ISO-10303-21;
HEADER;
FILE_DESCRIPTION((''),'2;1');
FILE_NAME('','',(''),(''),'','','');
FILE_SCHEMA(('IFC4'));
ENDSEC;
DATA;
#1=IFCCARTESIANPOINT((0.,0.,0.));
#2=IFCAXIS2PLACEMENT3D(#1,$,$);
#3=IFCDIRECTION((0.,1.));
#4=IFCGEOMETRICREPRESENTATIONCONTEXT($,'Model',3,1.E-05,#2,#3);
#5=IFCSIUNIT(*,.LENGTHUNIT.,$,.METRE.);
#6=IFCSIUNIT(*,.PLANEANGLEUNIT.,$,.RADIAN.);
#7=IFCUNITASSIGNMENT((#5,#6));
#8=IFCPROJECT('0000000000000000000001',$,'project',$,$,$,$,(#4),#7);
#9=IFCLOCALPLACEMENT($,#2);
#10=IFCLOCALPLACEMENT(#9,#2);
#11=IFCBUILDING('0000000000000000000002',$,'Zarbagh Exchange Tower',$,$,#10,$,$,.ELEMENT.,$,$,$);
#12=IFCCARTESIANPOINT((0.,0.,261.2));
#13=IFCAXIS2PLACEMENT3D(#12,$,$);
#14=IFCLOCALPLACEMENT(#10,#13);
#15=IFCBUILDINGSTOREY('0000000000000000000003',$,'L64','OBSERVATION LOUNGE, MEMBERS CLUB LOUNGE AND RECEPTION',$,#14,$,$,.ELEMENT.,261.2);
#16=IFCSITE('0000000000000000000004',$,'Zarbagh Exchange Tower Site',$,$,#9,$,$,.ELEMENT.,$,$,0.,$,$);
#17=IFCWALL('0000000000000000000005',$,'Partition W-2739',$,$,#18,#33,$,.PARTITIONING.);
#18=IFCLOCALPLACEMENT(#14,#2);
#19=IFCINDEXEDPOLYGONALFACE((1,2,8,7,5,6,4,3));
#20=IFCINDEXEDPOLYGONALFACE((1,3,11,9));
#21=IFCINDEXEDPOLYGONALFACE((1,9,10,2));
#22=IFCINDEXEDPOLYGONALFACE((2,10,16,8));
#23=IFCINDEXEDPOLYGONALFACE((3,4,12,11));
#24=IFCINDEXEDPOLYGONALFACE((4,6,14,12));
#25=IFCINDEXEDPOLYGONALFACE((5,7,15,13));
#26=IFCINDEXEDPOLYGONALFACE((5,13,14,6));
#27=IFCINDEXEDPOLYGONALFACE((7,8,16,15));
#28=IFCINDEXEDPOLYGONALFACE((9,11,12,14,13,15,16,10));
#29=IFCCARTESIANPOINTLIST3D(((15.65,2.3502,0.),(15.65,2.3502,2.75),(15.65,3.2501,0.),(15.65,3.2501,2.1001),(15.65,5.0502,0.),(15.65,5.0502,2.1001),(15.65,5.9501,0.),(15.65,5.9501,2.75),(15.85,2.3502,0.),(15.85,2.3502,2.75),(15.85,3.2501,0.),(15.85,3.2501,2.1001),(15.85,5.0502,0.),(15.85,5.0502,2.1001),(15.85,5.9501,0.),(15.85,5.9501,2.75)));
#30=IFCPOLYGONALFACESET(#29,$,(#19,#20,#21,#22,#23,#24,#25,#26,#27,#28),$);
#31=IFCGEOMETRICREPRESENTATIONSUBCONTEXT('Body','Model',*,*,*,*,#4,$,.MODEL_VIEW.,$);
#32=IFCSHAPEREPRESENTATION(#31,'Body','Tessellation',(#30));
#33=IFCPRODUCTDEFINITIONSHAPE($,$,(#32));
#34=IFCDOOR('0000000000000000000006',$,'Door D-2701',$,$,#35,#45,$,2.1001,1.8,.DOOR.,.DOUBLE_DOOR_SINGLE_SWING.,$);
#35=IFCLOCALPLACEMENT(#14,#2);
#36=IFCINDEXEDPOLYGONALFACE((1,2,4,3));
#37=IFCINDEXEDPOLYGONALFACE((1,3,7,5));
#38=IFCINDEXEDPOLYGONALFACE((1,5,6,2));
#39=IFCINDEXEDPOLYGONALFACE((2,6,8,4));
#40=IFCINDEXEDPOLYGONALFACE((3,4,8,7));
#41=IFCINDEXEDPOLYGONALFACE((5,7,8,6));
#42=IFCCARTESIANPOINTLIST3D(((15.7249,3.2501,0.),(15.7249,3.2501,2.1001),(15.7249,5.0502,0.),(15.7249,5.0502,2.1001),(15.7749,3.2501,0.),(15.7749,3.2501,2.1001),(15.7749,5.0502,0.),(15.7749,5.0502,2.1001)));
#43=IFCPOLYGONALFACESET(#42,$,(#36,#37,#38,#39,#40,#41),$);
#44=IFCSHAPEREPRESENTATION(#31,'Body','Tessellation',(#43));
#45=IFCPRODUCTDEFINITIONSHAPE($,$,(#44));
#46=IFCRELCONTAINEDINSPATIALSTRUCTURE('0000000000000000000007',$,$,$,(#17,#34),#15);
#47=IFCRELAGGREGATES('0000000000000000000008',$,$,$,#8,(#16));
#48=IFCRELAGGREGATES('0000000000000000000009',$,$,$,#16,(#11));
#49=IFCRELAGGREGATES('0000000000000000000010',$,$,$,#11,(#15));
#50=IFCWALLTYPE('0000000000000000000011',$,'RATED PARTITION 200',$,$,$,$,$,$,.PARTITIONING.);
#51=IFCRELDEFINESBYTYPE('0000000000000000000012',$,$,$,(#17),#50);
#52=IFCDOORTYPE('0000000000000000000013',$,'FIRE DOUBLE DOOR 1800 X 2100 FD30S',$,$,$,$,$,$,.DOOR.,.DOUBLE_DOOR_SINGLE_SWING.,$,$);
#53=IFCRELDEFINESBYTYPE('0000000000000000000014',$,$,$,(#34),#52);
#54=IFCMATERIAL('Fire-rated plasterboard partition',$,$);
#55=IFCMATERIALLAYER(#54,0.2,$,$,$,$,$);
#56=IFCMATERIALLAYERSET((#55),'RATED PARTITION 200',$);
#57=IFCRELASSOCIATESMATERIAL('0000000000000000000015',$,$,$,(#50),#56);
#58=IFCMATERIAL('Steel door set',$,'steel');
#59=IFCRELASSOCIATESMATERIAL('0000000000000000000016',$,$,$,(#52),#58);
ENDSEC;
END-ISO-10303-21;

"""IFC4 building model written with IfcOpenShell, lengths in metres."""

from ifc_helpers import new_model, si_unit, direction, frame, frame_2d, origin, place, context, subcontext, project, spatial, rectangle, extrude, material, layer, layer_set, type_object, element, fill, save


model = new_model("IFC4")

# Units and contexts
model_context = context("Model", 3, precision=1e-05, world=origin(), true_north=direction((0.0, 1.0)))
body_context = subcontext(model_context, "Body", "Model", "MODEL_VIEW")
ifc_project = project(units=[si_unit("LENGTHUNIT", "METRE"), si_unit("PLANEANGLEUNIT", "RADIAN")], contexts=[model_context])

# Site, building, storey
site_placement = place(None, origin())
site = spatial("IfcSite", under=ifc_project, at=site_placement, Name="Zarbagh Exchange Tower Site", CompositionType="ELEMENT", RefElevation=0.0)
building_placement = place(site_placement, origin())
building = spatial("IfcBuilding", under=site, at=building_placement, Name="Zarbagh Exchange Tower", CompositionType="ELEMENT")
storey_placement = place(building_placement, frame((0.0, 0.0, 261.2)))
storey = spatial("IfcBuildingStorey", under=building, at=storey_placement, Name="L64", Description="OBSERVATION LOUNGE, MEMBERS CLUB LOUNGE AND RECEPTION", CompositionType="ELEMENT", Elevation=261.2)

# Shared definitions
ifc_material_1 = material(Name="Fire-rated plasterboard partition")
ifc_layer = layer(ifc_material_1, 0.2)
ifc_layer_set = layer_set([ifc_layer], Name="RATED PARTITION 200")
wall_type = type_object("IfcWallType", Name="RATED PARTITION 200", PredefinedType="PARTITIONING", material=ifc_layer_set)
ifc_material_2 = material(Name="Steel door set", Category="steel")

# Wall, opening, door
wall_1_placement = place(storey_placement, frame((15.75, 5.95, 0.0), z_axis=(0.0, 0.0, 1.0), x_axis=(0.0, -1.0, 0.0)))
wall_1 = element("IfcWall", 1, at=wall_1_placement, inside=storey, type_object=wall_type, Name="Partition W-2739", PredefinedType="PARTITIONING", context=body_context, shape_type="SweptSolid", body=[
    extrude(rectangle(XDim=3.5999, YDim=0.2, at=frame_2d((1.7998, 0.0))), origin(), (0.0, 0.0, 1.0), 2.75),
])
opening_1_placement = place(wall_1_placement, frame((0.8999, 0.0, 0.0)))
opening_1 = element("IfcOpeningElement", 2, at=opening_1_placement, cuts=wall_1, PredefinedType="OPENING", context=body_context, shape_type="SweptSolid", body=[
    extrude(rectangle(XDim=1.8, YDim=2.1001, at=frame_2d((0.8999, 1.05))), frame((0.0, 0.1099, 0.0), z_axis=(0.0, -1.0, 0.0), x_axis=(1.0, 0.0, 0.0)), (0.0, 0.0, 1.0), 0.22),
])
door_type_1 = type_object("IfcDoorType", Name="FIRE DOUBLE DOOR 1800 X 2100 FD30S", OperationType="DOUBLE_DOOR_SINGLE_SWING", PredefinedType="DOOR", material=ifc_material_2)
door_1_placement = place(opening_1_placement, origin())
door_1 = element("IfcDoor", 3, at=door_1_placement, inside=storey, type_object=door_type_1, Name="Door D-2701", OperationType="DOUBLE_DOOR_SINGLE_SWING", OverallHeight=2.1001, OverallWidth=1.8, PredefinedType="DOOR", context=body_context, shape_type="SweptSolid", body=[
    extrude(rectangle(XDim=1.8, YDim=2.1001, at=frame_2d((0.8999, 1.05))), frame((0.0, 0.0249, 0.0), z_axis=(0.0, -1.0, 0.0), x_axis=(1.0, 0.0, 0.0)), (0.0, 0.0, 1.0), 0.05),
])
fill(opening_1, door_1)

save(model, "model.ifc")
